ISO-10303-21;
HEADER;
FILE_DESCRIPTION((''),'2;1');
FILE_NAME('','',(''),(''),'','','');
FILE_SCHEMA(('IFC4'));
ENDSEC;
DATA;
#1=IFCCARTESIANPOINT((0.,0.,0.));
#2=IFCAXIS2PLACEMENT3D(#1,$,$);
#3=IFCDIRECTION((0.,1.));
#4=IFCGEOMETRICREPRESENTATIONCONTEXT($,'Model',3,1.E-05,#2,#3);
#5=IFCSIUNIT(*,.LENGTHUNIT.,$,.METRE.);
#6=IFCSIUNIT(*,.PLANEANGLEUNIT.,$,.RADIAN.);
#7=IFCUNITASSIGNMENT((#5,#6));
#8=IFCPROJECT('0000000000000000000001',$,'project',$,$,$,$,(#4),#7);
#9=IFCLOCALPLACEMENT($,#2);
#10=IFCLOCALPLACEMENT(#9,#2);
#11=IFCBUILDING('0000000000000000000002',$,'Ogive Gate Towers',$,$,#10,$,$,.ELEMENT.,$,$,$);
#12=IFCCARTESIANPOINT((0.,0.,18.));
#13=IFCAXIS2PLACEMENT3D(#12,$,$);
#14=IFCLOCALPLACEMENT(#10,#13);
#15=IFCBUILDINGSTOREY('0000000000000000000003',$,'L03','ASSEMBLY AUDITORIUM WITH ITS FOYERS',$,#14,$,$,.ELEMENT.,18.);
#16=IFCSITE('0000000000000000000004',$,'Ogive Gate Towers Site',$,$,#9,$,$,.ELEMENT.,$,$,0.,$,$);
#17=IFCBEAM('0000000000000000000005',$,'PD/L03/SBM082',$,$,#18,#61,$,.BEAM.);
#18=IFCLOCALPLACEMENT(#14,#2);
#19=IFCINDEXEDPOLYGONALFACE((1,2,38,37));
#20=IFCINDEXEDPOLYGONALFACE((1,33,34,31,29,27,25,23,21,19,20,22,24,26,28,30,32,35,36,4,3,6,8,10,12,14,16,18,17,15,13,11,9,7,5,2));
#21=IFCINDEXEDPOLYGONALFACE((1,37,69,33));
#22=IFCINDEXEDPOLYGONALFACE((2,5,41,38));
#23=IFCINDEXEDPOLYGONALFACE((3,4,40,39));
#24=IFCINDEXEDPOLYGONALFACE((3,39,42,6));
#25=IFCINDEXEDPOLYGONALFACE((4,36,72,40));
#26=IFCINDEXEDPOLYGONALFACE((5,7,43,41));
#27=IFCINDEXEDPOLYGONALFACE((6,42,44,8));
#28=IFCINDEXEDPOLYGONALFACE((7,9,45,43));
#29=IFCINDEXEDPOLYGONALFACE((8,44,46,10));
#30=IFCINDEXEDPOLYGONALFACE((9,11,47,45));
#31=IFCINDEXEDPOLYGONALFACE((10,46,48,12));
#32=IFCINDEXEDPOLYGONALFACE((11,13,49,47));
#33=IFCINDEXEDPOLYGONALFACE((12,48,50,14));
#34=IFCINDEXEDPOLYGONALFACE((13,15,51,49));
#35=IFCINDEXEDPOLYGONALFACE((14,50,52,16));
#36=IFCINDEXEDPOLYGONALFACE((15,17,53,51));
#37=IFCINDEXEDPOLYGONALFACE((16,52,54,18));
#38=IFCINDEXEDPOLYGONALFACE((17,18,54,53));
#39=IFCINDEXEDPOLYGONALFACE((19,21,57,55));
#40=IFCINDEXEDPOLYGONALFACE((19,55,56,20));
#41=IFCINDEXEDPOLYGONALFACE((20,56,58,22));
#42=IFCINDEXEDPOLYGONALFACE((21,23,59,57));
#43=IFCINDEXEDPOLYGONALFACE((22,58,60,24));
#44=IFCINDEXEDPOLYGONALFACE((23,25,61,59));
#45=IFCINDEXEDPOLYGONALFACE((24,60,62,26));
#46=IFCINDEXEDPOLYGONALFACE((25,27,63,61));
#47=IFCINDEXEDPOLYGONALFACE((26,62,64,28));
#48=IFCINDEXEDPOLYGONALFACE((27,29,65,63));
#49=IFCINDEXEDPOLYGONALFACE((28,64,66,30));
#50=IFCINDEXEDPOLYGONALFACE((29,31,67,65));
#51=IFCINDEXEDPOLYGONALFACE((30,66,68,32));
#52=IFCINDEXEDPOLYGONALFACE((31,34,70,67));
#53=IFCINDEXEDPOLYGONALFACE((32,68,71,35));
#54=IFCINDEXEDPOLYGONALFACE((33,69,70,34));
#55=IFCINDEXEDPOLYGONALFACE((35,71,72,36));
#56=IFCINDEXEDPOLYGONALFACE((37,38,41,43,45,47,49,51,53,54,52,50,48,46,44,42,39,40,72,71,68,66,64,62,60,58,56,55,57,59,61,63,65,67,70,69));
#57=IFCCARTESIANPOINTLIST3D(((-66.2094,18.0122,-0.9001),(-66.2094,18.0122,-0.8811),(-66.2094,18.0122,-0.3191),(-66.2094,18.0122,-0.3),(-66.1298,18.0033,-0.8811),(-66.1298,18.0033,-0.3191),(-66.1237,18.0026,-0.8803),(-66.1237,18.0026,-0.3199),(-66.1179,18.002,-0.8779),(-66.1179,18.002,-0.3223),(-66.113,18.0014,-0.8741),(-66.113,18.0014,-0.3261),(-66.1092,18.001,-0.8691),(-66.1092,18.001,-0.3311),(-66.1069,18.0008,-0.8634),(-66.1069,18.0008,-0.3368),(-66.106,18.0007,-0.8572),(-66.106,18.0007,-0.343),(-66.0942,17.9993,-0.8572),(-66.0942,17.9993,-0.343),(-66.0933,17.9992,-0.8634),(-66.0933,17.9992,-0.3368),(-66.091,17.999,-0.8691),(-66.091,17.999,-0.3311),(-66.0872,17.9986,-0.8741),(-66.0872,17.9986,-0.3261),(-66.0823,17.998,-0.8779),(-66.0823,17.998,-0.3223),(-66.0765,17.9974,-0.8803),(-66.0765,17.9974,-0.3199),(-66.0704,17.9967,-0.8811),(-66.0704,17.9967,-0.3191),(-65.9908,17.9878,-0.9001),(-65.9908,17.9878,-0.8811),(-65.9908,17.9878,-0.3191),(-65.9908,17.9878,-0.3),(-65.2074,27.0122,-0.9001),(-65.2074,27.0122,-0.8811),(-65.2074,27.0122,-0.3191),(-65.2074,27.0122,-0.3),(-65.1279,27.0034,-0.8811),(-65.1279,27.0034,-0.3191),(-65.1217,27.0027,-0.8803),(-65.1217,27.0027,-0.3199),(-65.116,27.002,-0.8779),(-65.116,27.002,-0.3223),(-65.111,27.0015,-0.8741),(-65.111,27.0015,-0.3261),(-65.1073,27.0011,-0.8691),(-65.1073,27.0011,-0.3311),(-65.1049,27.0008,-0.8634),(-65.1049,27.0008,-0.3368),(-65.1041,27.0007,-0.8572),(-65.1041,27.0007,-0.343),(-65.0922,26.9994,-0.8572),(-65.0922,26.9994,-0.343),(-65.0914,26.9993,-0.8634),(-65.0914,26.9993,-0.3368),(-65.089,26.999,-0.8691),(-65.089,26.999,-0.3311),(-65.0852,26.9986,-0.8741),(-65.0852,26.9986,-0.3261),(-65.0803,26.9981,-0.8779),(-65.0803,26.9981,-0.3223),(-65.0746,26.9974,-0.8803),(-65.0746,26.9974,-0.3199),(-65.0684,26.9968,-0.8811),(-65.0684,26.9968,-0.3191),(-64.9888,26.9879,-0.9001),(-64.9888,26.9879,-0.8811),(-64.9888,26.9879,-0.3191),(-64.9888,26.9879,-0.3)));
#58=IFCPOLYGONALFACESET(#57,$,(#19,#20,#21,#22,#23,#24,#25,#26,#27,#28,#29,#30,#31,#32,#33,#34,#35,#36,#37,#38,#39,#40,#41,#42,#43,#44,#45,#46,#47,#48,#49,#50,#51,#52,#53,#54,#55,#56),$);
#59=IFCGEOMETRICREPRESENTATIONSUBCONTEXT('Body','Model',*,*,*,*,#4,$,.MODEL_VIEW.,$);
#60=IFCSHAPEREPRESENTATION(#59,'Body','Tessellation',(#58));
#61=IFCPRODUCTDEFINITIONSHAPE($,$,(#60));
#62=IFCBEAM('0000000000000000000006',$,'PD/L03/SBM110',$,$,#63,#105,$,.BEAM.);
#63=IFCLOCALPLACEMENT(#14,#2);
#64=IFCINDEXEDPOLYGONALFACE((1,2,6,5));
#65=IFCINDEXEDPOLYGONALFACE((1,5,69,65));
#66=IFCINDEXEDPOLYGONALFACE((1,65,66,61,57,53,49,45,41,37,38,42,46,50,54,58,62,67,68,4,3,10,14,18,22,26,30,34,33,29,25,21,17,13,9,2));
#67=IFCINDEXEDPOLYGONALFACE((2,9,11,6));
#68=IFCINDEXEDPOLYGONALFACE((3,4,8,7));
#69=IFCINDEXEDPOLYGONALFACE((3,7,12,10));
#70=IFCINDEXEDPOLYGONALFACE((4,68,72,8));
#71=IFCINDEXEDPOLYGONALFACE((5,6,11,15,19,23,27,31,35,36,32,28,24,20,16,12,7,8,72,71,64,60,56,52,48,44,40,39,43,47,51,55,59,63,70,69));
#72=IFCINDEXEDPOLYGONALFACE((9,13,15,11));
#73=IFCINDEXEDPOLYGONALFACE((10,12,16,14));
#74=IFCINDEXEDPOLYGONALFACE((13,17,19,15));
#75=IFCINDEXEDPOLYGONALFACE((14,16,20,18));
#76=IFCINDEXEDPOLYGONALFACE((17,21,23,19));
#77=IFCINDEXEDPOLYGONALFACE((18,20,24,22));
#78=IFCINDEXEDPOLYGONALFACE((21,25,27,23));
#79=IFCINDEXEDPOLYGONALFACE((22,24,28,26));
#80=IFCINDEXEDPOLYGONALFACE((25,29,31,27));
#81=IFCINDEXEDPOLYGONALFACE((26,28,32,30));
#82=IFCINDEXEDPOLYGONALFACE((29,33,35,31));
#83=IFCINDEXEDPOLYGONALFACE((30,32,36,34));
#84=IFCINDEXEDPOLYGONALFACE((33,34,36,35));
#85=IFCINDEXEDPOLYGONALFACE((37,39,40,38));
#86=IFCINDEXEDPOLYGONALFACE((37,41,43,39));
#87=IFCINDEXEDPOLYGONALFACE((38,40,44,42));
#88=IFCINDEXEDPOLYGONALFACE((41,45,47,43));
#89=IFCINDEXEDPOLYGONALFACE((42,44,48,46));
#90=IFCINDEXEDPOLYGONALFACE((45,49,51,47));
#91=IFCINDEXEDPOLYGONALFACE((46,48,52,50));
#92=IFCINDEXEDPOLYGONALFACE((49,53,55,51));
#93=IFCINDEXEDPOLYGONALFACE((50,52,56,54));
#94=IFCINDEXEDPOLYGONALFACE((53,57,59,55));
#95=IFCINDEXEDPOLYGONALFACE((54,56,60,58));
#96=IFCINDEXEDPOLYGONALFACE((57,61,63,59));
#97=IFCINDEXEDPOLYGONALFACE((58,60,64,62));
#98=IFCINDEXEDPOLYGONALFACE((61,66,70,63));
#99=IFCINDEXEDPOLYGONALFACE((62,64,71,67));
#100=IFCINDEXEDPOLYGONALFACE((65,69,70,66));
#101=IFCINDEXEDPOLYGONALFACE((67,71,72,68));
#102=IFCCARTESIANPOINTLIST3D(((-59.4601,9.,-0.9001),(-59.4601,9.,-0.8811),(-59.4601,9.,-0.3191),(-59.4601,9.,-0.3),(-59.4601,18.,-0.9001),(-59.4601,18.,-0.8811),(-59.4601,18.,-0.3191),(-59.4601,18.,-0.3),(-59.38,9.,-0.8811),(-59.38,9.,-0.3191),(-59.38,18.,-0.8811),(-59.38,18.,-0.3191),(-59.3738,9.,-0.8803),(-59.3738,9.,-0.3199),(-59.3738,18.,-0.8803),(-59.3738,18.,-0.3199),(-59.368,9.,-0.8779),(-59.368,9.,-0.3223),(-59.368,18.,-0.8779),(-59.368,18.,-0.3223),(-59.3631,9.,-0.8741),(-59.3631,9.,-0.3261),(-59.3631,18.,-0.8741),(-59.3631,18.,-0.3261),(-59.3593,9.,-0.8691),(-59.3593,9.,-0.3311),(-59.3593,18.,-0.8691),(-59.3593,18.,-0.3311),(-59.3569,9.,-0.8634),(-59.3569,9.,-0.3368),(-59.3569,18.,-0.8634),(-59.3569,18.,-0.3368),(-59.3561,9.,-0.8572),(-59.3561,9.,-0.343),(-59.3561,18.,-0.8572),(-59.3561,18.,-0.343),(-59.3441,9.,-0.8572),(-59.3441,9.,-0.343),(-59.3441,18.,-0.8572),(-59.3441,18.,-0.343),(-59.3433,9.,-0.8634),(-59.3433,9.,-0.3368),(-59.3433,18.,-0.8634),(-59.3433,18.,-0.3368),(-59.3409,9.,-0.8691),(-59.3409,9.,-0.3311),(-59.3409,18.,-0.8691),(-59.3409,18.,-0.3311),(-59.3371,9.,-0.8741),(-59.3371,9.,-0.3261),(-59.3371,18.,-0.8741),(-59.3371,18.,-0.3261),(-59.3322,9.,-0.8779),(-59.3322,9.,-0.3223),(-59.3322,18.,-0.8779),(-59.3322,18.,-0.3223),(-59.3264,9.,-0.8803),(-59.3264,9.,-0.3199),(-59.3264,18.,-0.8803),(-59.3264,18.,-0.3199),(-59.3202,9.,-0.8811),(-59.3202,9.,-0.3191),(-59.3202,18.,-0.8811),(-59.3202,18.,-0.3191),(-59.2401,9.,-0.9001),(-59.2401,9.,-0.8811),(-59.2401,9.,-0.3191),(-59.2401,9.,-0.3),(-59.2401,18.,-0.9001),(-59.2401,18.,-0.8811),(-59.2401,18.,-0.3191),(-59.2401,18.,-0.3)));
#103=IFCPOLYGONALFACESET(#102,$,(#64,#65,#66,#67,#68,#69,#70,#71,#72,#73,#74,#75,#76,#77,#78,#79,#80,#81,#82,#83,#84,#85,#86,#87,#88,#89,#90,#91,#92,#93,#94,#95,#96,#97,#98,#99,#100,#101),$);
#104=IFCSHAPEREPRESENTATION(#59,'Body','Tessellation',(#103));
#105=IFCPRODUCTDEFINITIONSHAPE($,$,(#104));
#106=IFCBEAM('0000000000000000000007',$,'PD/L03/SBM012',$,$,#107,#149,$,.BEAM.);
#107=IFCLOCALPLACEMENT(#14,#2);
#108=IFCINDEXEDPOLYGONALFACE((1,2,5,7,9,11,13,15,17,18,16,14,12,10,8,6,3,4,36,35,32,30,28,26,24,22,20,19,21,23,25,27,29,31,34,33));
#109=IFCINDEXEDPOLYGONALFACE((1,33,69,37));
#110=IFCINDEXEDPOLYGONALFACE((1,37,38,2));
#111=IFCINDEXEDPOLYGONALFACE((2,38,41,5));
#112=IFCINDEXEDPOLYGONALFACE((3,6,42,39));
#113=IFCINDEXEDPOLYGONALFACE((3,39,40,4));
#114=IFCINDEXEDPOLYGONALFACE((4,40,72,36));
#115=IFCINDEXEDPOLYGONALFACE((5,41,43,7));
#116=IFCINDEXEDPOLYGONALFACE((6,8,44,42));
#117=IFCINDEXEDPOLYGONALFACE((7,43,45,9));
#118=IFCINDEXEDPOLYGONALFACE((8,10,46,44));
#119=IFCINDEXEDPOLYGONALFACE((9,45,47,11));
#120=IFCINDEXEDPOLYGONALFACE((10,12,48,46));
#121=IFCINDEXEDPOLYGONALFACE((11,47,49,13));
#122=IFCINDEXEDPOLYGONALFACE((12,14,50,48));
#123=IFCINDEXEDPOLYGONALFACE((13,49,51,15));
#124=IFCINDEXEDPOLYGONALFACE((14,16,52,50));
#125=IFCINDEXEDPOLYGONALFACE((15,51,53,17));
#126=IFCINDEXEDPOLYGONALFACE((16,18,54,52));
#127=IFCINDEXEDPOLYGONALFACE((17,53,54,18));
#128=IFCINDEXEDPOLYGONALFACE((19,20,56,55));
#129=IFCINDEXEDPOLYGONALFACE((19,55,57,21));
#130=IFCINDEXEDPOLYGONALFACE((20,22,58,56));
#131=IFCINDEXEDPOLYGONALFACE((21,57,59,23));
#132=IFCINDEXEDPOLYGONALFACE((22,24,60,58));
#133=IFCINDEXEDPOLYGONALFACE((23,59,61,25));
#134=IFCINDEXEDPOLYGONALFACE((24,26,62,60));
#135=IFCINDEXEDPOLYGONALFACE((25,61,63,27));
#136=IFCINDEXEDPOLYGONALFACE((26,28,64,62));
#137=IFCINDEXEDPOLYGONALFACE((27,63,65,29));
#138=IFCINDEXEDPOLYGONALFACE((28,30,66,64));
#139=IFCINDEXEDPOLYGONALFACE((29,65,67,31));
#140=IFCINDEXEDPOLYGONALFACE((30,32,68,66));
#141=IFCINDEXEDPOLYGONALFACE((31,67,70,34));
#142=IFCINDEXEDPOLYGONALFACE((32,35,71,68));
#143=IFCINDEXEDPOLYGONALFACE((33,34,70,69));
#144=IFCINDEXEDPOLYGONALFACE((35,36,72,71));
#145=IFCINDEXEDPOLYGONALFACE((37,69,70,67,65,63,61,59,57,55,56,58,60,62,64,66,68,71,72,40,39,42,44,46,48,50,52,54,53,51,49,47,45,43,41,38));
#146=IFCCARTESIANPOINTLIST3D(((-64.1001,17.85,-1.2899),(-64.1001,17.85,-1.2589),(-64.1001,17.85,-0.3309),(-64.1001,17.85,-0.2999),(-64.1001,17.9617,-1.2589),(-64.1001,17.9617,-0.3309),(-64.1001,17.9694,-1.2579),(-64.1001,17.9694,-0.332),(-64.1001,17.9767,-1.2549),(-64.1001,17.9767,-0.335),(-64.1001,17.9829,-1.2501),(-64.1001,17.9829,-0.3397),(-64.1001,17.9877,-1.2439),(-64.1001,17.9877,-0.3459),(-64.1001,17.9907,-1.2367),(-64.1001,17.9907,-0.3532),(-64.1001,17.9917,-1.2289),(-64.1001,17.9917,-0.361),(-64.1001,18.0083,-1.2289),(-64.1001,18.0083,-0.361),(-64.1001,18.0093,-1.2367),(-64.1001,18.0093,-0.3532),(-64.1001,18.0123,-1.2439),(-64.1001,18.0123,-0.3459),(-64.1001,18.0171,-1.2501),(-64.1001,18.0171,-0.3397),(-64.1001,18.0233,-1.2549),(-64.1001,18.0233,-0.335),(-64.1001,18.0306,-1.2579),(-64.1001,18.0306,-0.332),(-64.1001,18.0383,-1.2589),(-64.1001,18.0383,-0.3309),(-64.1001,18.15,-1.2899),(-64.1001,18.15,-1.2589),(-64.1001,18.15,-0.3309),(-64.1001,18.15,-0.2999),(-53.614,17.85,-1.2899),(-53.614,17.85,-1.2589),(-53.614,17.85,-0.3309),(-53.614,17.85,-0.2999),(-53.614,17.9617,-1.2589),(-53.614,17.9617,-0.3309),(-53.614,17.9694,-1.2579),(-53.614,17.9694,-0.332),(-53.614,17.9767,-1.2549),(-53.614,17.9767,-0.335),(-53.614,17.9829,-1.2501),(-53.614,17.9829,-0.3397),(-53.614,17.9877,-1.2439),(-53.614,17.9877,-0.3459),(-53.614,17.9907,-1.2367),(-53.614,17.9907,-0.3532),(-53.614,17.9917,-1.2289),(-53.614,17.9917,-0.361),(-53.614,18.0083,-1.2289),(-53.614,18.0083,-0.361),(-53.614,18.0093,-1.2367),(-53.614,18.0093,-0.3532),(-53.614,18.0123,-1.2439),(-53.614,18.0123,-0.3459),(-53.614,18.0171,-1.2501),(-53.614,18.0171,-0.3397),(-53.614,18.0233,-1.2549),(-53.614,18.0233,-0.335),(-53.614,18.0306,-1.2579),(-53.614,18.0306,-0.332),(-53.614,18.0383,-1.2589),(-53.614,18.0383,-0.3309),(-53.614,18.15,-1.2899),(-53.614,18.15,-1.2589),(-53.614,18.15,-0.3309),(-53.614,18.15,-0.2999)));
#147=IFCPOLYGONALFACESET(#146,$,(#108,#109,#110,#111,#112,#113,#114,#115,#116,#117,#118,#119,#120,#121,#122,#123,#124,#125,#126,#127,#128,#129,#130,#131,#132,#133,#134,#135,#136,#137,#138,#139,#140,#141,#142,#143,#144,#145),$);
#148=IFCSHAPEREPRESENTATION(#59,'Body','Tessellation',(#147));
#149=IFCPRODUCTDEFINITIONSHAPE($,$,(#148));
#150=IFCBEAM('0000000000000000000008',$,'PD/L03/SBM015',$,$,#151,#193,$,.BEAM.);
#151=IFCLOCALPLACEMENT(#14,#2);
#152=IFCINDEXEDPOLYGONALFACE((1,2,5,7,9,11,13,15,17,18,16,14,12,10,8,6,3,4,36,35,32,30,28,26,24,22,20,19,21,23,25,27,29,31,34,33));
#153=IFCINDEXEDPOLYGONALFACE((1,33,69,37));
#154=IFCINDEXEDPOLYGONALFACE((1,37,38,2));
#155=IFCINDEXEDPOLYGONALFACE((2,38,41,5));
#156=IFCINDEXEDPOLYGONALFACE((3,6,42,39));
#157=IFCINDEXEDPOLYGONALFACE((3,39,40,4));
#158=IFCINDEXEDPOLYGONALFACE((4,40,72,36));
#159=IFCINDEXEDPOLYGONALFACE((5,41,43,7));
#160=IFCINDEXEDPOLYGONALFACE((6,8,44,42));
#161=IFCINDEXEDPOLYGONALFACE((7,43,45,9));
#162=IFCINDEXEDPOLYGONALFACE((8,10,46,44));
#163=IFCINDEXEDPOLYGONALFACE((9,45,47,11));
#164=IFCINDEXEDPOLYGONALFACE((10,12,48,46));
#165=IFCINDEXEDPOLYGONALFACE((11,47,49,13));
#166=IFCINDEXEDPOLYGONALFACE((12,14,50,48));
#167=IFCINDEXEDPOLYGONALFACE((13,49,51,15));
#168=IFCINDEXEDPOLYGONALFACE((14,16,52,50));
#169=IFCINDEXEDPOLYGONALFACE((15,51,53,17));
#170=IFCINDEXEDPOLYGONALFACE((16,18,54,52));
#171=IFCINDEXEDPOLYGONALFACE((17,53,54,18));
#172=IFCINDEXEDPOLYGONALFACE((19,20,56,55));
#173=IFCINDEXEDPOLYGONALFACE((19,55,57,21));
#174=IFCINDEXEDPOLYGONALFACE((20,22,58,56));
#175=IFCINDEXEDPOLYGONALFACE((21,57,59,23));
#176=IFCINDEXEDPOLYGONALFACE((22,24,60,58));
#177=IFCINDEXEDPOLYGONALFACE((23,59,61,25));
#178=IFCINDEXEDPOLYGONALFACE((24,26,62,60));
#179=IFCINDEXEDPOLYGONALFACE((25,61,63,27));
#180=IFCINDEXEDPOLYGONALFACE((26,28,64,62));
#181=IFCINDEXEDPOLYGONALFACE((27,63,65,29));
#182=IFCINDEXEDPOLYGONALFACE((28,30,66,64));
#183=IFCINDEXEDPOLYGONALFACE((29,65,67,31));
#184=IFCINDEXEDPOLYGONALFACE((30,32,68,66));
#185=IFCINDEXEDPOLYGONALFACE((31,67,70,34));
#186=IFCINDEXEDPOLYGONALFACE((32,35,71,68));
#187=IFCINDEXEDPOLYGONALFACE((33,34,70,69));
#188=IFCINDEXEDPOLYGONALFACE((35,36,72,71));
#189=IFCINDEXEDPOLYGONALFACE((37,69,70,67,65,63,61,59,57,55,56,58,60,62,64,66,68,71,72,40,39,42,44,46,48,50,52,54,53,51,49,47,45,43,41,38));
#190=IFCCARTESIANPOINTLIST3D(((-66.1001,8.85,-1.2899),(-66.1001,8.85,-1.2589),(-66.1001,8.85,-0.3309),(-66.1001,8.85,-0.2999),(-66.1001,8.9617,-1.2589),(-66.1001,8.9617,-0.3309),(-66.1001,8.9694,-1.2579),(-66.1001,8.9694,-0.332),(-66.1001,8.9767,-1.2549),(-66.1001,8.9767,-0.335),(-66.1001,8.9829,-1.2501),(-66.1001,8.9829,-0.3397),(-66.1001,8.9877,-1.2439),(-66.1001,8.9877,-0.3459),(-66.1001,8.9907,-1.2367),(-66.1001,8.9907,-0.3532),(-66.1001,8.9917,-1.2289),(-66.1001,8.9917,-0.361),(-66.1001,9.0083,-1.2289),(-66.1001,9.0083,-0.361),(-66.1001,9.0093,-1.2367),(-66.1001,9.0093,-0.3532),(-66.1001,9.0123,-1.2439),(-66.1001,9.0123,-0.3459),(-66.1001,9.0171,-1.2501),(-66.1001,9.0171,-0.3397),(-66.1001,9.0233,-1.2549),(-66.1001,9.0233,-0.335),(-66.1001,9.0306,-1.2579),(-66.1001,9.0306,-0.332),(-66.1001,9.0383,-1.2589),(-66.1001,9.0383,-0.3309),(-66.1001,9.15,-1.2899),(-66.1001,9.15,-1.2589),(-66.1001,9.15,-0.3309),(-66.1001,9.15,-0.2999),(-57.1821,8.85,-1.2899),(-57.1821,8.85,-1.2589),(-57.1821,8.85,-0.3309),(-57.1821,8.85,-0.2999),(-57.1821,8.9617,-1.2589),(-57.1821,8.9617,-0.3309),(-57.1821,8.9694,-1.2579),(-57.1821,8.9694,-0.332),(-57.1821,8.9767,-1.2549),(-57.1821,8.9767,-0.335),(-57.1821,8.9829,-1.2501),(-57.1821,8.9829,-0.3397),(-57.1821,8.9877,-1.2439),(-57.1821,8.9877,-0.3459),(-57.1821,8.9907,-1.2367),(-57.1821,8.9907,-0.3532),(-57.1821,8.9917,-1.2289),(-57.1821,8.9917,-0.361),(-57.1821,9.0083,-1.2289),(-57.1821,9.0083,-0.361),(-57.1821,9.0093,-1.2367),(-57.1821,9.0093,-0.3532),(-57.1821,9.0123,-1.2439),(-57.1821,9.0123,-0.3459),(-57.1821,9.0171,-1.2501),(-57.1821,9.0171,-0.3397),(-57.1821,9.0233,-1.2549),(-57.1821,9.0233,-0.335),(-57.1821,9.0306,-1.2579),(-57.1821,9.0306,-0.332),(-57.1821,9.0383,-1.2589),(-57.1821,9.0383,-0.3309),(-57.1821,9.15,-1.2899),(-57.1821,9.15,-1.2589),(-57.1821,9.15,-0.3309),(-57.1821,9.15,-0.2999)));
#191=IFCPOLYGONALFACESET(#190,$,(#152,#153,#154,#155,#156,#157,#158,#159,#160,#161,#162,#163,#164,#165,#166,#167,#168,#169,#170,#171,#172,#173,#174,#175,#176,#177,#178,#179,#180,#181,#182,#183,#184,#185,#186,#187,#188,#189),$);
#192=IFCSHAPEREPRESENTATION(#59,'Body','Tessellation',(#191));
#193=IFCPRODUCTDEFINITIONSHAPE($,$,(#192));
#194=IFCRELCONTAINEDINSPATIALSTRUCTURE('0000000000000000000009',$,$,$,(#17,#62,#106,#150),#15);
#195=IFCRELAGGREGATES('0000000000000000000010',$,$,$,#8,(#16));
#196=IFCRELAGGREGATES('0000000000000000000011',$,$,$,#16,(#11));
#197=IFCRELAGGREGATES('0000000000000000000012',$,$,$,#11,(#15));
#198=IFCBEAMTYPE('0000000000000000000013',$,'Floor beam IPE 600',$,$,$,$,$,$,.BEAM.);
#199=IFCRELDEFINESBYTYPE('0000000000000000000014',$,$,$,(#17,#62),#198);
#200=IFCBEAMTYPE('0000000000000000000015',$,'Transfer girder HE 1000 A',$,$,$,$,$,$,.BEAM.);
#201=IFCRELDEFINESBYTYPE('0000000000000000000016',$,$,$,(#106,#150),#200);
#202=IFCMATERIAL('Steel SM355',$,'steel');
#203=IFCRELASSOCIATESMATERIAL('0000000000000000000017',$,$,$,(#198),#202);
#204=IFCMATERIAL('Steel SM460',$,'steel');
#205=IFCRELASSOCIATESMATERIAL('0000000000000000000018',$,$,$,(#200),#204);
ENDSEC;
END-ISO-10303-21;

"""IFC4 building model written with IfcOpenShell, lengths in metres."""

from ifc_helpers import new_model, si_unit, direction, frame, origin, origin_2d, place, context, subcontext, project, spatial, i_section, extrude, material, material_profile, profile_set, type_object, element, save


model = new_model("IFC4")

# Units and contexts
model_context = context("Model", 3, precision=1e-05, world=origin(), true_north=direction((0.0, 1.0)))
body_context = subcontext(model_context, "Body", "Model", "MODEL_VIEW")
ifc_project = project(units=[si_unit("LENGTHUNIT", "METRE"), si_unit("PLANEANGLEUNIT", "RADIAN")], contexts=[model_context])

# Site, building, storey
site_placement = place(None, origin())
site = spatial("IfcSite", under=ifc_project, at=site_placement, Name="Ogive Gate Towers Site", CompositionType="ELEMENT", RefElevation=0.0)
building_placement = place(site_placement, origin())
building = spatial("IfcBuilding", under=site, at=building_placement, Name="Ogive Gate Towers", CompositionType="ELEMENT")
storey_placement = place(building_placement, frame((0.0, 0.0, 18.0)))
storey = spatial("IfcBuildingStorey", under=building, at=storey_placement, Name="L03", Description="ASSEMBLY AUDITORIUM WITH ITS FOYERS", CompositionType="ELEMENT", Elevation=18.0)

# Beams
ifc_material_1 = material(Name="Steel SM355", Category="steel")
ifc_material_profile_1 = material_profile(ifc_material_1, i_section(OverallWidth=0.22, OverallDepth=0.6001, WebThickness=0.012, FlangeThickness=0.019, FilletRadius=0.0239, at=origin_2d()), Name="IPE 600")
ifc_profile_set_1 = profile_set([ifc_material_profile_1], Name="Steel SM355")
beam_type_1 = type_object("IfcBeamType", Name="Floor beam IPE 600", PredefinedType="BEAM", material=ifc_profile_set_1)
beam_1_placement = place(storey_placement, frame((-66.1001, 18.0, -0.6001), z_axis=(0.110645, 0.99386, 0.0), x_axis=(-0.99386, 0.110645, 0.0)))
element("IfcBeam", 1, at=beam_1_placement, inside=storey, type_object=beam_type_1, Name="PD/L03/SBM082", PredefinedType="BEAM", context=body_context, shape_type="SweptSolid", body=[
    extrude(i_section(OverallWidth=0.22, OverallDepth=0.6001, WebThickness=0.012, FlangeThickness=0.019, FilletRadius=0.0239, at=origin_2d()), origin(), (0.0, 0.0, 1.0), 9.0557),
])
beam_2_placement = place(storey_placement, frame((-59.3501, 9.0, -0.6001), z_axis=(0.0, 1.0, 0.0), x_axis=(-1.0, 0.0, 0.0)))
element("IfcBeam", 2, at=beam_2_placement, inside=storey, type_object=beam_type_1, Name="PD/L03/SBM110", PredefinedType="BEAM", context=body_context, shape_type="SweptSolid", body=[
    extrude(i_section(OverallWidth=0.22, OverallDepth=0.6001, WebThickness=0.012, FlangeThickness=0.019, FilletRadius=0.0239, at=origin_2d()), origin(), (0.0, 0.0, 1.0), 9.0),
])
ifc_material_2 = material(Name="Steel SM460", Category="steel")
ifc_material_profile_2 = material_profile(ifc_material_2, i_section(OverallWidth=0.3, OverallDepth=0.99, WebThickness=0.0166, FlangeThickness=0.031, FilletRadius=0.03, at=origin_2d()), Name="HE 1000 A")
ifc_profile_set_2 = profile_set([ifc_material_profile_2], Name="Steel SM460")
beam_type_2 = type_object("IfcBeamType", Name="Transfer girder HE 1000 A", PredefinedType="BEAM", material=ifc_profile_set_2)
beam_3_placement = place(storey_placement, frame((-64.1001, 18.0, -0.7949), z_axis=(1.0, 0.0, 0.0), x_axis=(0.0, 1.0, 0.0)))
element("IfcBeam", 3, at=beam_3_placement, inside=storey, type_object=beam_type_2, Name="PD/L03/SBM012", PredefinedType="BEAM", context=body_context, shape_type="SweptSolid", body=[
    extrude(i_section(OverallWidth=0.3, OverallDepth=0.99, WebThickness=0.0166, FlangeThickness=0.031, FilletRadius=0.03, at=origin_2d()), origin(), (0.0, 0.0, 1.0), 10.4861),
])
beam_4_placement = place(storey_placement, frame((-66.1001, 9.0, -0.7949), z_axis=(1.0, 0.0, 0.0), x_axis=(0.0, 1.0, 0.0)))
element("IfcBeam", 4, at=beam_4_placement, inside=storey, type_object=beam_type_2, Name="PD/L03/SBM015", PredefinedType="BEAM", context=body_context, shape_type="SweptSolid", body=[
    extrude(i_section(OverallWidth=0.3, OverallDepth=0.99, WebThickness=0.0166, FlangeThickness=0.031, FilletRadius=0.03, at=origin_2d()), origin(), (0.0, 0.0, 1.0), 8.918),
])

save(model, "model.ifc")
